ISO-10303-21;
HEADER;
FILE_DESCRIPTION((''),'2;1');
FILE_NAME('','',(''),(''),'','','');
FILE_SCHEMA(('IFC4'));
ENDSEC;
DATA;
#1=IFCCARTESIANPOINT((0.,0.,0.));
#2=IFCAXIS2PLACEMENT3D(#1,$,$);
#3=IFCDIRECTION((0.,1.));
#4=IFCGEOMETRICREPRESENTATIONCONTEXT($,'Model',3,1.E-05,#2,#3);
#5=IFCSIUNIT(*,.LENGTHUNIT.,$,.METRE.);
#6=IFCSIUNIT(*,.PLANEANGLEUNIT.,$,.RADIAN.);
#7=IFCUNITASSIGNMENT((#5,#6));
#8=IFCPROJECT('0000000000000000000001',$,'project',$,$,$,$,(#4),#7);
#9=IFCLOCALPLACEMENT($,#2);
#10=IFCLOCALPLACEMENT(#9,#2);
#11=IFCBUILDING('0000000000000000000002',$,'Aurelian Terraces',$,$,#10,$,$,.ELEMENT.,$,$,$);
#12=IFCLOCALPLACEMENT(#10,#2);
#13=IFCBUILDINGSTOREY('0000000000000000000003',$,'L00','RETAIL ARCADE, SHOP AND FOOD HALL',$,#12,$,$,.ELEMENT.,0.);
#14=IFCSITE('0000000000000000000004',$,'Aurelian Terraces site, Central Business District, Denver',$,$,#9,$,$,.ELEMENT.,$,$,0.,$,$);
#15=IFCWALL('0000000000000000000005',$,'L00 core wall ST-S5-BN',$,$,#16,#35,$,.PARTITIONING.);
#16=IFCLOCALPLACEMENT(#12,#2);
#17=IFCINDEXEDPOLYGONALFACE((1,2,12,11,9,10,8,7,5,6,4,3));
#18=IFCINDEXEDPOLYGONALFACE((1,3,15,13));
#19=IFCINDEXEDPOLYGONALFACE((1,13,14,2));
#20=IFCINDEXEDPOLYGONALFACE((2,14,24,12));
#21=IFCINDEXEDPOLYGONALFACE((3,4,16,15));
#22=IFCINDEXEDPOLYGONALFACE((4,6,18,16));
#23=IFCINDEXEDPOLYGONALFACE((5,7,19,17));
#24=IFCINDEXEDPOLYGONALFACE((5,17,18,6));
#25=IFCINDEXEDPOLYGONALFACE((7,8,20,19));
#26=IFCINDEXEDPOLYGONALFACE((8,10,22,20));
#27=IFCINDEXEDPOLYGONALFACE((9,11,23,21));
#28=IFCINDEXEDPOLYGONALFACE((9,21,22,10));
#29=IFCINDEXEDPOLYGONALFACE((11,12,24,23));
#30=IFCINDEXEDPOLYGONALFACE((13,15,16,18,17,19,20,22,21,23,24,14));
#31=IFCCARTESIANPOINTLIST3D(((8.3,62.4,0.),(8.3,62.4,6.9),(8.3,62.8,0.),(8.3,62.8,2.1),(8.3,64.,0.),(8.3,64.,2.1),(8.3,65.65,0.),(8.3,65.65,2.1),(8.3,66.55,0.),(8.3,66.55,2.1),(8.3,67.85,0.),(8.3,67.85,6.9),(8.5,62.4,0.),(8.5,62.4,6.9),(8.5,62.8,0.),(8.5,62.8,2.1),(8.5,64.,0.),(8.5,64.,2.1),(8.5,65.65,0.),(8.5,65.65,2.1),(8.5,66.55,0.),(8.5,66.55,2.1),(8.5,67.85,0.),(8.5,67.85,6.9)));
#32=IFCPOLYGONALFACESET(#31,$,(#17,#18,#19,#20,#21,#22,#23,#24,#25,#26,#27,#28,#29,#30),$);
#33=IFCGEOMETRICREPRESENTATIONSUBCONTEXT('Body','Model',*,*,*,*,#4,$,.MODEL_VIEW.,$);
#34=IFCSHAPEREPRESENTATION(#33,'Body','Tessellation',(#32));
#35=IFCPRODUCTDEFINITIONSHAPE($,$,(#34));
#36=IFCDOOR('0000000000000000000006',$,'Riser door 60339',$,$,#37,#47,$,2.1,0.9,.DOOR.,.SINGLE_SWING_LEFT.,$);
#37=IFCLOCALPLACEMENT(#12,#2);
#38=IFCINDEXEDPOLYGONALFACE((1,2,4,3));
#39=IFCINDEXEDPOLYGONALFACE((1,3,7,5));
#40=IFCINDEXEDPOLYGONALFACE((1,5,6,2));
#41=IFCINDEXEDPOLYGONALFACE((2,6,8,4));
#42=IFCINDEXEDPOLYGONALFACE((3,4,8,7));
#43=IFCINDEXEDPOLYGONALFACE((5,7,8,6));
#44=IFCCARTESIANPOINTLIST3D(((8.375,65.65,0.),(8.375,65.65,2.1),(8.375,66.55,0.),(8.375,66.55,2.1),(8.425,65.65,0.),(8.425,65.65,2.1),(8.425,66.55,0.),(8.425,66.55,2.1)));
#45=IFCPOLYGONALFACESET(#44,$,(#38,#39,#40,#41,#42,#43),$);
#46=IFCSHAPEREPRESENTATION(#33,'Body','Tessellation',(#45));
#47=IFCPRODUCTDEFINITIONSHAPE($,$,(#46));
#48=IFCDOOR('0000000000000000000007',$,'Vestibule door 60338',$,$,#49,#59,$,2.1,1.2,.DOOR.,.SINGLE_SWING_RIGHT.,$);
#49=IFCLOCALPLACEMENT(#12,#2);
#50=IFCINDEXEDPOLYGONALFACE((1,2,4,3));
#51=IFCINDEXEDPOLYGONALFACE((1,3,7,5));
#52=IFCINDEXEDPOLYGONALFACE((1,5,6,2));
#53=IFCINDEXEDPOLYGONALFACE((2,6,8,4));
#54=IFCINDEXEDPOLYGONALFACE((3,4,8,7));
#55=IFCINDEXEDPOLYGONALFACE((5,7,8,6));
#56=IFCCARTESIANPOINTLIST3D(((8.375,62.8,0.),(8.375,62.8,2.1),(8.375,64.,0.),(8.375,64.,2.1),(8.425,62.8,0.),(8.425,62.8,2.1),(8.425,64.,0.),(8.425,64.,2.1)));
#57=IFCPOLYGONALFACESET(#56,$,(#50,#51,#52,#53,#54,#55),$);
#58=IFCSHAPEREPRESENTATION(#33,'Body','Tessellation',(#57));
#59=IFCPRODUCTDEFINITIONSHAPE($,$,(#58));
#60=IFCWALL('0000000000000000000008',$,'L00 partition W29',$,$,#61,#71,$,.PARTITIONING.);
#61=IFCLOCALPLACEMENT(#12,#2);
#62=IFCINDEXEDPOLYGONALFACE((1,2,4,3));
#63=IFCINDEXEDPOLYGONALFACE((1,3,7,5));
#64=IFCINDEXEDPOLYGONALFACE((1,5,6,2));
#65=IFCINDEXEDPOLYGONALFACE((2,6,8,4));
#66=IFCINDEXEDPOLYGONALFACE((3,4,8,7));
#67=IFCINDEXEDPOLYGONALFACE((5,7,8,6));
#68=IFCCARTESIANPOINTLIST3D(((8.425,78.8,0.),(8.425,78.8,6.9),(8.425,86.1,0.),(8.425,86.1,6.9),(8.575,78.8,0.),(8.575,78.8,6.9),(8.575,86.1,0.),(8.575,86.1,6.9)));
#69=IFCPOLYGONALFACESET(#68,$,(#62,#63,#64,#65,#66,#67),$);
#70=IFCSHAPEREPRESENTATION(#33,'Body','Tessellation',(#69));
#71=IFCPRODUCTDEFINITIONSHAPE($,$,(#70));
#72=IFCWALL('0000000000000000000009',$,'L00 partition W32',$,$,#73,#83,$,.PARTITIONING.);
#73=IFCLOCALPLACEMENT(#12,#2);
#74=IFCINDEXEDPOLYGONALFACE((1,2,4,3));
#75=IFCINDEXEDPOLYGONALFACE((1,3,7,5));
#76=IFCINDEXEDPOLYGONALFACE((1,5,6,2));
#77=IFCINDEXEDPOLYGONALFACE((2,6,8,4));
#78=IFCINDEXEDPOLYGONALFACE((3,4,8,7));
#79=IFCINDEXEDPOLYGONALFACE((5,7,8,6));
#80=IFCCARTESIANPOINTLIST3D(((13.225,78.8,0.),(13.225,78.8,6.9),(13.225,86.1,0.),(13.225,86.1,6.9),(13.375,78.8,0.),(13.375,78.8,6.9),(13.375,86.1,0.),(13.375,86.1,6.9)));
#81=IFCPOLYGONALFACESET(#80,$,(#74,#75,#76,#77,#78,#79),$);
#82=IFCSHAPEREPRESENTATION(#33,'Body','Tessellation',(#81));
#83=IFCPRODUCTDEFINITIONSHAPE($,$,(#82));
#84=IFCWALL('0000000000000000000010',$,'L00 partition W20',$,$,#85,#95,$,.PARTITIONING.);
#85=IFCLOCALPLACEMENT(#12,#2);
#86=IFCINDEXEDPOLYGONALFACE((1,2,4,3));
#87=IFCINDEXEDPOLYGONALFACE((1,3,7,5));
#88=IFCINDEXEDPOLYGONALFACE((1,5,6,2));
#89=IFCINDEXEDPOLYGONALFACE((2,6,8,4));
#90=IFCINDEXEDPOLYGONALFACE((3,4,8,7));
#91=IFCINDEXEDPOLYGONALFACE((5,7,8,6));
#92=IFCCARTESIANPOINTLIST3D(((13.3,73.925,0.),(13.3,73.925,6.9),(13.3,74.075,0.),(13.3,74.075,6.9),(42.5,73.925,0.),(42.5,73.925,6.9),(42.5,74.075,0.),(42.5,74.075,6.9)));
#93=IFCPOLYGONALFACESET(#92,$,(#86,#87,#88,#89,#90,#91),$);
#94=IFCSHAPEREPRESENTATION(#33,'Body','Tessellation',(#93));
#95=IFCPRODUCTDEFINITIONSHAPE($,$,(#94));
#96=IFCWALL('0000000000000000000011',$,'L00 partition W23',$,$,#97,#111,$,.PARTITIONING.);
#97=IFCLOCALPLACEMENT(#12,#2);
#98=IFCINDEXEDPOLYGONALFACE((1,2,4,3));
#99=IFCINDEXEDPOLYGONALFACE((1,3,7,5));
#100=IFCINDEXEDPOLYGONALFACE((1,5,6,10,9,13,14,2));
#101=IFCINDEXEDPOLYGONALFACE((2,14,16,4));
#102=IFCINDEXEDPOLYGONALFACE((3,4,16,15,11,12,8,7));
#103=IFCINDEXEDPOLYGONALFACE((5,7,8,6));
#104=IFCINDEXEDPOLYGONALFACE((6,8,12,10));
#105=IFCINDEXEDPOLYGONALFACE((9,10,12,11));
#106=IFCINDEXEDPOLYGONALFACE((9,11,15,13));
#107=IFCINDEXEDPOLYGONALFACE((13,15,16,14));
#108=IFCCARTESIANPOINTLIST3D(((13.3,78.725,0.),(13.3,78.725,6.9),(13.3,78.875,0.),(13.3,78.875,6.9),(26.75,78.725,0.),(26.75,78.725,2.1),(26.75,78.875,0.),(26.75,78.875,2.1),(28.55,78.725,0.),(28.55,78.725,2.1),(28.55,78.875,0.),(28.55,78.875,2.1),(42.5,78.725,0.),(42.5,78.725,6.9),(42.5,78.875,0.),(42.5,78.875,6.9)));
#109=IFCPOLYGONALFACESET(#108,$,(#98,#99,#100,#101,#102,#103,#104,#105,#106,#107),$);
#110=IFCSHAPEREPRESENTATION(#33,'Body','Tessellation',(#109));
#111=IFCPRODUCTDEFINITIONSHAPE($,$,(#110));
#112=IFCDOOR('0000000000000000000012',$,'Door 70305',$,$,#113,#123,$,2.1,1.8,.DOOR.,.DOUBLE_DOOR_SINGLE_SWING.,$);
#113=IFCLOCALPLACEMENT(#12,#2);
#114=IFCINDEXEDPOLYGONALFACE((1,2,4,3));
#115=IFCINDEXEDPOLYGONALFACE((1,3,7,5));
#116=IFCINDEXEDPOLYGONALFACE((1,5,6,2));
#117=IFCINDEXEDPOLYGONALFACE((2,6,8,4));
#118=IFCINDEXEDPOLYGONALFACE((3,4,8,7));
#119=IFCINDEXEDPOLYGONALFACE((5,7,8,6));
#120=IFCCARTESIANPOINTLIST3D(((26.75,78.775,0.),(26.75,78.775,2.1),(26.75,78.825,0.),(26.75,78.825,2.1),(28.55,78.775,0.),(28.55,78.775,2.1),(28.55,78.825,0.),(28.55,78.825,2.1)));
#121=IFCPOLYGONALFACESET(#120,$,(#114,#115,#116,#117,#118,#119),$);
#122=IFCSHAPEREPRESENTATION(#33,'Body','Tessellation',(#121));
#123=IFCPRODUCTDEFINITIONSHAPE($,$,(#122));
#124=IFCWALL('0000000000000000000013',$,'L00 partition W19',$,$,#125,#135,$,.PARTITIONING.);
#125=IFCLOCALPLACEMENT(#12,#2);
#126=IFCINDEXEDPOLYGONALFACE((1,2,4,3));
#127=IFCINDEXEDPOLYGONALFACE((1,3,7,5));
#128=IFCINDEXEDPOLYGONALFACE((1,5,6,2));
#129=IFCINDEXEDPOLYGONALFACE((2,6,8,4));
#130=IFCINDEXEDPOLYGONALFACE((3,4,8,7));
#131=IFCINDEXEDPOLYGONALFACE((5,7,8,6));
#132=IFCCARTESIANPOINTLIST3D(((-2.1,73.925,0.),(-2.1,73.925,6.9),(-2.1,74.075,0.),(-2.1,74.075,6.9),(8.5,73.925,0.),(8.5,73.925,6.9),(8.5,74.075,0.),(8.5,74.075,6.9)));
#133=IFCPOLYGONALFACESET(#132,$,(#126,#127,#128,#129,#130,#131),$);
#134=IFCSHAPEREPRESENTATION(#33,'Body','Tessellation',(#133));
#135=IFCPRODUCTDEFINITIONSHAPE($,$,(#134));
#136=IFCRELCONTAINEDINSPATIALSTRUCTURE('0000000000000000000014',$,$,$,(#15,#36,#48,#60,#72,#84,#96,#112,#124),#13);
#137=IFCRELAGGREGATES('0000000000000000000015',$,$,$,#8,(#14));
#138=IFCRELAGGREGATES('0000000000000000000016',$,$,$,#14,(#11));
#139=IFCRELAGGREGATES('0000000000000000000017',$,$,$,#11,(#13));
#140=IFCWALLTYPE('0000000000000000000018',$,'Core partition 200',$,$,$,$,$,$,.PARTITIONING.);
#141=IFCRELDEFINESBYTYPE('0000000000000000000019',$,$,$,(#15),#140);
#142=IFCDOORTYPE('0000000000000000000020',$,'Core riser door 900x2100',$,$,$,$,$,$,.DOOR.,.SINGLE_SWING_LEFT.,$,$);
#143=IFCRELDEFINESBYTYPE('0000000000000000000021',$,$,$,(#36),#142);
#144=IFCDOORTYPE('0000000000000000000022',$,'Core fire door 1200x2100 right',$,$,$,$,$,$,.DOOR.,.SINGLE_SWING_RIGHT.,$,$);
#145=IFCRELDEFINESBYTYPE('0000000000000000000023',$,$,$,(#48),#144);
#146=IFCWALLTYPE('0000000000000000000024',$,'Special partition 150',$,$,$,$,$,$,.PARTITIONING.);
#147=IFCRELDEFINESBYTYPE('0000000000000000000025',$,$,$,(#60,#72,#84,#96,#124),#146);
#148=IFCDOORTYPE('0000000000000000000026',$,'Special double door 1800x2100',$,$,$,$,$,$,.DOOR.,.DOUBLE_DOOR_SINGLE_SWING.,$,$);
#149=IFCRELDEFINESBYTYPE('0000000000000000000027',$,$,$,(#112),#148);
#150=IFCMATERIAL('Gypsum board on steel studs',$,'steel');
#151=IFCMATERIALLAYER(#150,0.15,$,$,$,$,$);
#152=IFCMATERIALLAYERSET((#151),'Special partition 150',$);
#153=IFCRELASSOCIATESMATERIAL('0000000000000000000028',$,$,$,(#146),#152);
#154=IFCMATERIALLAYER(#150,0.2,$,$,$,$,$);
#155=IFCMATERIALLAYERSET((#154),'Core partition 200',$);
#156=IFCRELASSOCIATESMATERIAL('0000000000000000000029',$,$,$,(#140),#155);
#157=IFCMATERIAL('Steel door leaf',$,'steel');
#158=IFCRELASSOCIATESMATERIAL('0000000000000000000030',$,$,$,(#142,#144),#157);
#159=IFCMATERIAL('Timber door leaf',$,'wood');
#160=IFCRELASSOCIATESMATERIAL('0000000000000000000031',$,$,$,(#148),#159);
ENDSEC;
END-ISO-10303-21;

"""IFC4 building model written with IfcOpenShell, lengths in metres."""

from ifc_helpers import new_model, si_unit, direction, frame, frame_2d, origin, place, context, subcontext, project, spatial, rectangle, extrude, source, transform, mapped, material, layer, layer_set, type_object, element, fill, save


model = new_model("IFC4")

# Units and contexts
model_context = context("Model", 3, precision=1e-05, world=origin(), true_north=direction((0.0, 1.0)))
body_context = subcontext(model_context, "Body", "Model", "MODEL_VIEW")
ifc_project = project(units=[si_unit("LENGTHUNIT", "METRE"), si_unit("PLANEANGLEUNIT", "RADIAN")], contexts=[model_context])

# Site, building, storey
site_placement = place(None, origin())
site = spatial("IfcSite", under=ifc_project, at=site_placement, Name="Aurelian Terraces site, Central Business District, Denver", CompositionType="ELEMENT", RefElevation=0.0)
building_placement = place(site_placement, origin())
building = spatial("IfcBuilding", under=site, at=building_placement, Name="Aurelian Terraces", CompositionType="ELEMENT")
storey_placement = place(building_placement, origin())
storey = spatial("IfcBuildingStorey", under=building, at=storey_placement, Name="L00", Description="RETAIL ARCADE, SHOP AND FOOD HALL", CompositionType="ELEMENT", Elevation=0.0)

# Shared definitions
ifc_material_1 = material(Name="Gypsum board on steel studs", Category="steel")
ifc_layer_1 = layer(ifc_material_1, 0.15)
ifc_layer_set_1 = layer_set([ifc_layer_1], Name="Special partition 150")
wall_type_1 = type_object("IfcWallType", Name="Special partition 150", PredefinedType="PARTITIONING", material=ifc_layer_set_1)

# Wall, openings, doors
ifc_layer_2 = layer(ifc_material_1, 0.2)
ifc_layer_set_2 = layer_set([ifc_layer_2], Name="Core partition 200")
wall_type_2 = type_object("IfcWallType", Name="Core partition 200", PredefinedType="PARTITIONING", material=ifc_layer_set_2)
shared_shape_1 = source(origin(), body_context, "Body", "SweptSolid", [
    extrude(rectangle(XDim=5.45, YDim=0.2, at=frame_2d((2.725, 0.0))), origin(), (0.0, 0.0, 1.0), 6.9),
])
wall_1_placement = place(storey_placement, frame((8.4, 67.85, 0.0), z_axis=(0.0, 0.0, 1.0), x_axis=(0.0, -1.0, 0.0)))
wall_1 = element("IfcWall", 1, at=wall_1_placement, inside=storey, type_object=wall_type_2, Name="L00 core wall ST-S5-BN", PredefinedType="PARTITIONING", context=body_context, shape_type="MappedRepresentation", body=[
    mapped(shared_shape_1, transform((0.0, 0.0, 0.0), scale=1.0)),
])
shared_shape_2 = source(origin(), body_context, "Body", "SweptSolid", [
    extrude(rectangle(XDim=1.2, YDim=2.1, at=frame_2d((0.6, 1.05))), frame((0.0, 0.11, 0.0), z_axis=(0.0, -1.0, 0.0), x_axis=(1.0, 0.0, 0.0)), (0.0, 0.0, 1.0), 0.22),
])
opening_1_placement = place(wall_1_placement, frame((3.85, 0.0, 0.0)))
opening_1 = element("IfcOpeningElement", 2, at=opening_1_placement, cuts=wall_1, PredefinedType="OPENING", context=body_context, shape_type="MappedRepresentation", body=[
    mapped(shared_shape_2, transform((0.0, 0.0, 0.0), scale=1.0)),
])
shared_shape_3 = source(origin(), body_context, "Body", "SweptSolid", [
    extrude(rectangle(XDim=0.9, YDim=2.1, at=frame_2d((0.45, 1.05))), frame((0.0, 0.11, 0.0), z_axis=(0.0, -1.0, 0.0), x_axis=(1.0, 0.0, 0.0)), (0.0, 0.0, 1.0), 0.22),
])
opening_2_placement = place(wall_1_placement, frame((1.3, 0.0, 0.0)))
opening_2 = element("IfcOpeningElement", 3, at=opening_2_placement, cuts=wall_1, PredefinedType="OPENING", context=body_context, shape_type="MappedRepresentation", body=[
    mapped(shared_shape_3, transform((0.0, 0.0, 0.0), scale=1.0)),
])
ifc_material_2 = material(Name="Steel door leaf", Category="steel")
door_type_1 = type_object("IfcDoorType", Name="Core riser door 900x2100", OperationType="SINGLE_SWING_LEFT", PredefinedType="DOOR", material=ifc_material_2)
shared_shape_4 = source(origin(), body_context, "Body", "SweptSolid", [
    extrude(rectangle(XDim=0.9, YDim=2.1, at=frame_2d((0.45, 1.05))), frame((0.0, 0.025, 0.0), z_axis=(0.0, -1.0, 0.0), x_axis=(1.0, 0.0, 0.0)), (0.0, 0.0, 1.0), 0.05),
])
door_1_placement = place(opening_2_placement, origin())
door_1 = element("IfcDoor", 4, at=door_1_placement, inside=storey, type_object=door_type_1, Name="Riser door 60339", OperationType="SINGLE_SWING_LEFT", OverallHeight=2.1, OverallWidth=0.9, PredefinedType="DOOR", context=body_context, shape_type="MappedRepresentation", body=[
    mapped(shared_shape_4, transform((0.0, 0.0, 0.0), scale=1.0)),
])
fill(opening_2, door_1)
door_type_2 = type_object("IfcDoorType", Name="Core fire door 1200x2100 right", OperationType="SINGLE_SWING_RIGHT", PredefinedType="DOOR", material=ifc_material_2)
shared_shape_5 = source(origin(), body_context, "Body", "SweptSolid", [
    extrude(rectangle(XDim=1.2, YDim=2.1, at=frame_2d((0.6, 1.05))), frame((0.0, 0.025, 0.0), z_axis=(0.0, -1.0, 0.0), x_axis=(1.0, 0.0, 0.0)), (0.0, 0.0, 1.0), 0.05),
])
door_2_placement = place(opening_1_placement, origin())
door_2 = element("IfcDoor", 5, at=door_2_placement, inside=storey, type_object=door_type_2, Name="Vestibule door 60338", OperationType="SINGLE_SWING_RIGHT", OverallHeight=2.1, OverallWidth=1.2, PredefinedType="DOOR", context=body_context, shape_type="MappedRepresentation", body=[
    mapped(shared_shape_5, transform((0.0, 0.0, 0.0), scale=1.0)),
])
fill(opening_1, door_2)

# Walls
shared_shape_6 = source(origin(), body_context, "Body", "SweptSolid", [
    extrude(rectangle(XDim=7.3, YDim=0.15, at=frame_2d((3.65, 0.0))), origin(), (0.0, 0.0, 1.0), 6.9),
])
for number, where, z_axis, x_axis, name in (
    (6, (8.5, 78.8, 0.0), (0.0, 0.0, 1.0), (0.0, 1.0, 0.0), "L00 partition W29"),
    (7, (13.3, 78.8, 0.0), (0.0, 0.0, 1.0), (0.0, 1.0, 0.0), "L00 partition W32"),
):
    element("IfcWall", number, at=place(storey_placement, frame(where, z_axis=z_axis, x_axis=x_axis)), inside=storey, type_object=wall_type_1, Name=name, PredefinedType="PARTITIONING", context=body_context, shape_type="MappedRepresentation", body=[
        mapped(shared_shape_6, transform((0.0, 0.0, 0.0), scale=1.0)),
    ])
shared_shape_7 = source(origin(), body_context, "Body", "SweptSolid", [
    extrude(rectangle(XDim=29.2, YDim=0.15, at=frame_2d((14.6, 0.0))), origin(), (0.0, 0.0, 1.0), 6.9),
])
wall_2_placement = place(storey_placement, frame((13.3, 74.0, 0.0), z_axis=(0.0, 0.0, 1.0), x_axis=(1.0, 0.0, 0.0)))
element("IfcWall", 8, at=wall_2_placement, inside=storey, type_object=wall_type_1, Name="L00 partition W20", PredefinedType="PARTITIONING", context=body_context, shape_type="MappedRepresentation", body=[
    mapped(shared_shape_7, transform((0.0, 0.0, 0.0), scale=1.0)),
])

# Wall, opening, door
wall_3_placement = place(storey_placement, frame((13.3, 78.8, 0.0), z_axis=(0.0, 0.0, 1.0), x_axis=(1.0, 0.0, 0.0)))
wall_3 = element("IfcWall", 9, at=wall_3_placement, inside=storey, type_object=wall_type_1, Name="L00 partition W23", PredefinedType="PARTITIONING", context=body_context, shape_type="MappedRepresentation", body=[
    mapped(shared_shape_7, transform((0.0, 0.0, 0.0), scale=1.0)),
])
shared_shape_8 = source(origin(), body_context, "Body", "SweptSolid", [
    extrude(rectangle(XDim=1.8, YDim=2.1, at=frame_2d((0.9, 1.05))), frame((0.0, 0.085, 0.0), z_axis=(0.0, -1.0, 0.0), x_axis=(1.0, 0.0, 0.0)), (0.0, 0.0, 1.0), 0.17),
])
opening_3_placement = place(wall_3_placement, frame((13.45, 0.0, 0.0)))
opening_3 = element("IfcOpeningElement", 10, at=opening_3_placement, cuts=wall_3, PredefinedType="OPENING", context=body_context, shape_type="MappedRepresentation", body=[
    mapped(shared_shape_8, transform((0.0, 0.0, 0.0), scale=1.0)),
])
ifc_material_3 = material(Name="Timber door leaf", Category="wood")
door_type_3 = type_object("IfcDoorType", Name="Special double door 1800x2100", OperationType="DOUBLE_DOOR_SINGLE_SWING", PredefinedType="DOOR", material=ifc_material_3)
shared_shape_9 = source(origin(), body_context, "Body", "SweptSolid", [
    extrude(rectangle(XDim=1.8, YDim=2.1, at=frame_2d((0.9, 1.05))), frame((0.0, 0.025, 0.0), z_axis=(0.0, -1.0, 0.0), x_axis=(1.0, 0.0, 0.0)), (0.0, 0.0, 1.0), 0.05),
])
door_3_placement = place(opening_3_placement, origin())
door_3 = element("IfcDoor", 11, at=door_3_placement, inside=storey, type_object=door_type_3, Name="Door 70305", OperationType="DOUBLE_DOOR_SINGLE_SWING", OverallHeight=2.1, OverallWidth=1.8, PredefinedType="DOOR", context=body_context, shape_type="MappedRepresentation", body=[
    mapped(shared_shape_9, transform((0.0, 0.0, 0.0), scale=1.0)),
])
fill(opening_3, door_3)

# Wall
shared_shape_10 = source(origin(), body_context, "Body", "SweptSolid", [
    extrude(rectangle(XDim=10.6, YDim=0.15, at=frame_2d((5.3, 0.0))), origin(), (0.0, 0.0, 1.0), 6.9),
])
wall_4_placement = place(storey_placement, frame((-2.1, 74.0, 0.0), z_axis=(0.0, 0.0, 1.0), x_axis=(1.0, 0.0, 0.0)))
element("IfcWall", 12, at=wall_4_placement, inside=storey, type_object=wall_type_1, Name="L00 partition W19", PredefinedType="PARTITIONING", context=body_context, shape_type="MappedRepresentation", body=[
    mapped(shared_shape_10, transform((0.0, 0.0, 0.0), scale=1.0)),
])

save(model, "model.ifc")
